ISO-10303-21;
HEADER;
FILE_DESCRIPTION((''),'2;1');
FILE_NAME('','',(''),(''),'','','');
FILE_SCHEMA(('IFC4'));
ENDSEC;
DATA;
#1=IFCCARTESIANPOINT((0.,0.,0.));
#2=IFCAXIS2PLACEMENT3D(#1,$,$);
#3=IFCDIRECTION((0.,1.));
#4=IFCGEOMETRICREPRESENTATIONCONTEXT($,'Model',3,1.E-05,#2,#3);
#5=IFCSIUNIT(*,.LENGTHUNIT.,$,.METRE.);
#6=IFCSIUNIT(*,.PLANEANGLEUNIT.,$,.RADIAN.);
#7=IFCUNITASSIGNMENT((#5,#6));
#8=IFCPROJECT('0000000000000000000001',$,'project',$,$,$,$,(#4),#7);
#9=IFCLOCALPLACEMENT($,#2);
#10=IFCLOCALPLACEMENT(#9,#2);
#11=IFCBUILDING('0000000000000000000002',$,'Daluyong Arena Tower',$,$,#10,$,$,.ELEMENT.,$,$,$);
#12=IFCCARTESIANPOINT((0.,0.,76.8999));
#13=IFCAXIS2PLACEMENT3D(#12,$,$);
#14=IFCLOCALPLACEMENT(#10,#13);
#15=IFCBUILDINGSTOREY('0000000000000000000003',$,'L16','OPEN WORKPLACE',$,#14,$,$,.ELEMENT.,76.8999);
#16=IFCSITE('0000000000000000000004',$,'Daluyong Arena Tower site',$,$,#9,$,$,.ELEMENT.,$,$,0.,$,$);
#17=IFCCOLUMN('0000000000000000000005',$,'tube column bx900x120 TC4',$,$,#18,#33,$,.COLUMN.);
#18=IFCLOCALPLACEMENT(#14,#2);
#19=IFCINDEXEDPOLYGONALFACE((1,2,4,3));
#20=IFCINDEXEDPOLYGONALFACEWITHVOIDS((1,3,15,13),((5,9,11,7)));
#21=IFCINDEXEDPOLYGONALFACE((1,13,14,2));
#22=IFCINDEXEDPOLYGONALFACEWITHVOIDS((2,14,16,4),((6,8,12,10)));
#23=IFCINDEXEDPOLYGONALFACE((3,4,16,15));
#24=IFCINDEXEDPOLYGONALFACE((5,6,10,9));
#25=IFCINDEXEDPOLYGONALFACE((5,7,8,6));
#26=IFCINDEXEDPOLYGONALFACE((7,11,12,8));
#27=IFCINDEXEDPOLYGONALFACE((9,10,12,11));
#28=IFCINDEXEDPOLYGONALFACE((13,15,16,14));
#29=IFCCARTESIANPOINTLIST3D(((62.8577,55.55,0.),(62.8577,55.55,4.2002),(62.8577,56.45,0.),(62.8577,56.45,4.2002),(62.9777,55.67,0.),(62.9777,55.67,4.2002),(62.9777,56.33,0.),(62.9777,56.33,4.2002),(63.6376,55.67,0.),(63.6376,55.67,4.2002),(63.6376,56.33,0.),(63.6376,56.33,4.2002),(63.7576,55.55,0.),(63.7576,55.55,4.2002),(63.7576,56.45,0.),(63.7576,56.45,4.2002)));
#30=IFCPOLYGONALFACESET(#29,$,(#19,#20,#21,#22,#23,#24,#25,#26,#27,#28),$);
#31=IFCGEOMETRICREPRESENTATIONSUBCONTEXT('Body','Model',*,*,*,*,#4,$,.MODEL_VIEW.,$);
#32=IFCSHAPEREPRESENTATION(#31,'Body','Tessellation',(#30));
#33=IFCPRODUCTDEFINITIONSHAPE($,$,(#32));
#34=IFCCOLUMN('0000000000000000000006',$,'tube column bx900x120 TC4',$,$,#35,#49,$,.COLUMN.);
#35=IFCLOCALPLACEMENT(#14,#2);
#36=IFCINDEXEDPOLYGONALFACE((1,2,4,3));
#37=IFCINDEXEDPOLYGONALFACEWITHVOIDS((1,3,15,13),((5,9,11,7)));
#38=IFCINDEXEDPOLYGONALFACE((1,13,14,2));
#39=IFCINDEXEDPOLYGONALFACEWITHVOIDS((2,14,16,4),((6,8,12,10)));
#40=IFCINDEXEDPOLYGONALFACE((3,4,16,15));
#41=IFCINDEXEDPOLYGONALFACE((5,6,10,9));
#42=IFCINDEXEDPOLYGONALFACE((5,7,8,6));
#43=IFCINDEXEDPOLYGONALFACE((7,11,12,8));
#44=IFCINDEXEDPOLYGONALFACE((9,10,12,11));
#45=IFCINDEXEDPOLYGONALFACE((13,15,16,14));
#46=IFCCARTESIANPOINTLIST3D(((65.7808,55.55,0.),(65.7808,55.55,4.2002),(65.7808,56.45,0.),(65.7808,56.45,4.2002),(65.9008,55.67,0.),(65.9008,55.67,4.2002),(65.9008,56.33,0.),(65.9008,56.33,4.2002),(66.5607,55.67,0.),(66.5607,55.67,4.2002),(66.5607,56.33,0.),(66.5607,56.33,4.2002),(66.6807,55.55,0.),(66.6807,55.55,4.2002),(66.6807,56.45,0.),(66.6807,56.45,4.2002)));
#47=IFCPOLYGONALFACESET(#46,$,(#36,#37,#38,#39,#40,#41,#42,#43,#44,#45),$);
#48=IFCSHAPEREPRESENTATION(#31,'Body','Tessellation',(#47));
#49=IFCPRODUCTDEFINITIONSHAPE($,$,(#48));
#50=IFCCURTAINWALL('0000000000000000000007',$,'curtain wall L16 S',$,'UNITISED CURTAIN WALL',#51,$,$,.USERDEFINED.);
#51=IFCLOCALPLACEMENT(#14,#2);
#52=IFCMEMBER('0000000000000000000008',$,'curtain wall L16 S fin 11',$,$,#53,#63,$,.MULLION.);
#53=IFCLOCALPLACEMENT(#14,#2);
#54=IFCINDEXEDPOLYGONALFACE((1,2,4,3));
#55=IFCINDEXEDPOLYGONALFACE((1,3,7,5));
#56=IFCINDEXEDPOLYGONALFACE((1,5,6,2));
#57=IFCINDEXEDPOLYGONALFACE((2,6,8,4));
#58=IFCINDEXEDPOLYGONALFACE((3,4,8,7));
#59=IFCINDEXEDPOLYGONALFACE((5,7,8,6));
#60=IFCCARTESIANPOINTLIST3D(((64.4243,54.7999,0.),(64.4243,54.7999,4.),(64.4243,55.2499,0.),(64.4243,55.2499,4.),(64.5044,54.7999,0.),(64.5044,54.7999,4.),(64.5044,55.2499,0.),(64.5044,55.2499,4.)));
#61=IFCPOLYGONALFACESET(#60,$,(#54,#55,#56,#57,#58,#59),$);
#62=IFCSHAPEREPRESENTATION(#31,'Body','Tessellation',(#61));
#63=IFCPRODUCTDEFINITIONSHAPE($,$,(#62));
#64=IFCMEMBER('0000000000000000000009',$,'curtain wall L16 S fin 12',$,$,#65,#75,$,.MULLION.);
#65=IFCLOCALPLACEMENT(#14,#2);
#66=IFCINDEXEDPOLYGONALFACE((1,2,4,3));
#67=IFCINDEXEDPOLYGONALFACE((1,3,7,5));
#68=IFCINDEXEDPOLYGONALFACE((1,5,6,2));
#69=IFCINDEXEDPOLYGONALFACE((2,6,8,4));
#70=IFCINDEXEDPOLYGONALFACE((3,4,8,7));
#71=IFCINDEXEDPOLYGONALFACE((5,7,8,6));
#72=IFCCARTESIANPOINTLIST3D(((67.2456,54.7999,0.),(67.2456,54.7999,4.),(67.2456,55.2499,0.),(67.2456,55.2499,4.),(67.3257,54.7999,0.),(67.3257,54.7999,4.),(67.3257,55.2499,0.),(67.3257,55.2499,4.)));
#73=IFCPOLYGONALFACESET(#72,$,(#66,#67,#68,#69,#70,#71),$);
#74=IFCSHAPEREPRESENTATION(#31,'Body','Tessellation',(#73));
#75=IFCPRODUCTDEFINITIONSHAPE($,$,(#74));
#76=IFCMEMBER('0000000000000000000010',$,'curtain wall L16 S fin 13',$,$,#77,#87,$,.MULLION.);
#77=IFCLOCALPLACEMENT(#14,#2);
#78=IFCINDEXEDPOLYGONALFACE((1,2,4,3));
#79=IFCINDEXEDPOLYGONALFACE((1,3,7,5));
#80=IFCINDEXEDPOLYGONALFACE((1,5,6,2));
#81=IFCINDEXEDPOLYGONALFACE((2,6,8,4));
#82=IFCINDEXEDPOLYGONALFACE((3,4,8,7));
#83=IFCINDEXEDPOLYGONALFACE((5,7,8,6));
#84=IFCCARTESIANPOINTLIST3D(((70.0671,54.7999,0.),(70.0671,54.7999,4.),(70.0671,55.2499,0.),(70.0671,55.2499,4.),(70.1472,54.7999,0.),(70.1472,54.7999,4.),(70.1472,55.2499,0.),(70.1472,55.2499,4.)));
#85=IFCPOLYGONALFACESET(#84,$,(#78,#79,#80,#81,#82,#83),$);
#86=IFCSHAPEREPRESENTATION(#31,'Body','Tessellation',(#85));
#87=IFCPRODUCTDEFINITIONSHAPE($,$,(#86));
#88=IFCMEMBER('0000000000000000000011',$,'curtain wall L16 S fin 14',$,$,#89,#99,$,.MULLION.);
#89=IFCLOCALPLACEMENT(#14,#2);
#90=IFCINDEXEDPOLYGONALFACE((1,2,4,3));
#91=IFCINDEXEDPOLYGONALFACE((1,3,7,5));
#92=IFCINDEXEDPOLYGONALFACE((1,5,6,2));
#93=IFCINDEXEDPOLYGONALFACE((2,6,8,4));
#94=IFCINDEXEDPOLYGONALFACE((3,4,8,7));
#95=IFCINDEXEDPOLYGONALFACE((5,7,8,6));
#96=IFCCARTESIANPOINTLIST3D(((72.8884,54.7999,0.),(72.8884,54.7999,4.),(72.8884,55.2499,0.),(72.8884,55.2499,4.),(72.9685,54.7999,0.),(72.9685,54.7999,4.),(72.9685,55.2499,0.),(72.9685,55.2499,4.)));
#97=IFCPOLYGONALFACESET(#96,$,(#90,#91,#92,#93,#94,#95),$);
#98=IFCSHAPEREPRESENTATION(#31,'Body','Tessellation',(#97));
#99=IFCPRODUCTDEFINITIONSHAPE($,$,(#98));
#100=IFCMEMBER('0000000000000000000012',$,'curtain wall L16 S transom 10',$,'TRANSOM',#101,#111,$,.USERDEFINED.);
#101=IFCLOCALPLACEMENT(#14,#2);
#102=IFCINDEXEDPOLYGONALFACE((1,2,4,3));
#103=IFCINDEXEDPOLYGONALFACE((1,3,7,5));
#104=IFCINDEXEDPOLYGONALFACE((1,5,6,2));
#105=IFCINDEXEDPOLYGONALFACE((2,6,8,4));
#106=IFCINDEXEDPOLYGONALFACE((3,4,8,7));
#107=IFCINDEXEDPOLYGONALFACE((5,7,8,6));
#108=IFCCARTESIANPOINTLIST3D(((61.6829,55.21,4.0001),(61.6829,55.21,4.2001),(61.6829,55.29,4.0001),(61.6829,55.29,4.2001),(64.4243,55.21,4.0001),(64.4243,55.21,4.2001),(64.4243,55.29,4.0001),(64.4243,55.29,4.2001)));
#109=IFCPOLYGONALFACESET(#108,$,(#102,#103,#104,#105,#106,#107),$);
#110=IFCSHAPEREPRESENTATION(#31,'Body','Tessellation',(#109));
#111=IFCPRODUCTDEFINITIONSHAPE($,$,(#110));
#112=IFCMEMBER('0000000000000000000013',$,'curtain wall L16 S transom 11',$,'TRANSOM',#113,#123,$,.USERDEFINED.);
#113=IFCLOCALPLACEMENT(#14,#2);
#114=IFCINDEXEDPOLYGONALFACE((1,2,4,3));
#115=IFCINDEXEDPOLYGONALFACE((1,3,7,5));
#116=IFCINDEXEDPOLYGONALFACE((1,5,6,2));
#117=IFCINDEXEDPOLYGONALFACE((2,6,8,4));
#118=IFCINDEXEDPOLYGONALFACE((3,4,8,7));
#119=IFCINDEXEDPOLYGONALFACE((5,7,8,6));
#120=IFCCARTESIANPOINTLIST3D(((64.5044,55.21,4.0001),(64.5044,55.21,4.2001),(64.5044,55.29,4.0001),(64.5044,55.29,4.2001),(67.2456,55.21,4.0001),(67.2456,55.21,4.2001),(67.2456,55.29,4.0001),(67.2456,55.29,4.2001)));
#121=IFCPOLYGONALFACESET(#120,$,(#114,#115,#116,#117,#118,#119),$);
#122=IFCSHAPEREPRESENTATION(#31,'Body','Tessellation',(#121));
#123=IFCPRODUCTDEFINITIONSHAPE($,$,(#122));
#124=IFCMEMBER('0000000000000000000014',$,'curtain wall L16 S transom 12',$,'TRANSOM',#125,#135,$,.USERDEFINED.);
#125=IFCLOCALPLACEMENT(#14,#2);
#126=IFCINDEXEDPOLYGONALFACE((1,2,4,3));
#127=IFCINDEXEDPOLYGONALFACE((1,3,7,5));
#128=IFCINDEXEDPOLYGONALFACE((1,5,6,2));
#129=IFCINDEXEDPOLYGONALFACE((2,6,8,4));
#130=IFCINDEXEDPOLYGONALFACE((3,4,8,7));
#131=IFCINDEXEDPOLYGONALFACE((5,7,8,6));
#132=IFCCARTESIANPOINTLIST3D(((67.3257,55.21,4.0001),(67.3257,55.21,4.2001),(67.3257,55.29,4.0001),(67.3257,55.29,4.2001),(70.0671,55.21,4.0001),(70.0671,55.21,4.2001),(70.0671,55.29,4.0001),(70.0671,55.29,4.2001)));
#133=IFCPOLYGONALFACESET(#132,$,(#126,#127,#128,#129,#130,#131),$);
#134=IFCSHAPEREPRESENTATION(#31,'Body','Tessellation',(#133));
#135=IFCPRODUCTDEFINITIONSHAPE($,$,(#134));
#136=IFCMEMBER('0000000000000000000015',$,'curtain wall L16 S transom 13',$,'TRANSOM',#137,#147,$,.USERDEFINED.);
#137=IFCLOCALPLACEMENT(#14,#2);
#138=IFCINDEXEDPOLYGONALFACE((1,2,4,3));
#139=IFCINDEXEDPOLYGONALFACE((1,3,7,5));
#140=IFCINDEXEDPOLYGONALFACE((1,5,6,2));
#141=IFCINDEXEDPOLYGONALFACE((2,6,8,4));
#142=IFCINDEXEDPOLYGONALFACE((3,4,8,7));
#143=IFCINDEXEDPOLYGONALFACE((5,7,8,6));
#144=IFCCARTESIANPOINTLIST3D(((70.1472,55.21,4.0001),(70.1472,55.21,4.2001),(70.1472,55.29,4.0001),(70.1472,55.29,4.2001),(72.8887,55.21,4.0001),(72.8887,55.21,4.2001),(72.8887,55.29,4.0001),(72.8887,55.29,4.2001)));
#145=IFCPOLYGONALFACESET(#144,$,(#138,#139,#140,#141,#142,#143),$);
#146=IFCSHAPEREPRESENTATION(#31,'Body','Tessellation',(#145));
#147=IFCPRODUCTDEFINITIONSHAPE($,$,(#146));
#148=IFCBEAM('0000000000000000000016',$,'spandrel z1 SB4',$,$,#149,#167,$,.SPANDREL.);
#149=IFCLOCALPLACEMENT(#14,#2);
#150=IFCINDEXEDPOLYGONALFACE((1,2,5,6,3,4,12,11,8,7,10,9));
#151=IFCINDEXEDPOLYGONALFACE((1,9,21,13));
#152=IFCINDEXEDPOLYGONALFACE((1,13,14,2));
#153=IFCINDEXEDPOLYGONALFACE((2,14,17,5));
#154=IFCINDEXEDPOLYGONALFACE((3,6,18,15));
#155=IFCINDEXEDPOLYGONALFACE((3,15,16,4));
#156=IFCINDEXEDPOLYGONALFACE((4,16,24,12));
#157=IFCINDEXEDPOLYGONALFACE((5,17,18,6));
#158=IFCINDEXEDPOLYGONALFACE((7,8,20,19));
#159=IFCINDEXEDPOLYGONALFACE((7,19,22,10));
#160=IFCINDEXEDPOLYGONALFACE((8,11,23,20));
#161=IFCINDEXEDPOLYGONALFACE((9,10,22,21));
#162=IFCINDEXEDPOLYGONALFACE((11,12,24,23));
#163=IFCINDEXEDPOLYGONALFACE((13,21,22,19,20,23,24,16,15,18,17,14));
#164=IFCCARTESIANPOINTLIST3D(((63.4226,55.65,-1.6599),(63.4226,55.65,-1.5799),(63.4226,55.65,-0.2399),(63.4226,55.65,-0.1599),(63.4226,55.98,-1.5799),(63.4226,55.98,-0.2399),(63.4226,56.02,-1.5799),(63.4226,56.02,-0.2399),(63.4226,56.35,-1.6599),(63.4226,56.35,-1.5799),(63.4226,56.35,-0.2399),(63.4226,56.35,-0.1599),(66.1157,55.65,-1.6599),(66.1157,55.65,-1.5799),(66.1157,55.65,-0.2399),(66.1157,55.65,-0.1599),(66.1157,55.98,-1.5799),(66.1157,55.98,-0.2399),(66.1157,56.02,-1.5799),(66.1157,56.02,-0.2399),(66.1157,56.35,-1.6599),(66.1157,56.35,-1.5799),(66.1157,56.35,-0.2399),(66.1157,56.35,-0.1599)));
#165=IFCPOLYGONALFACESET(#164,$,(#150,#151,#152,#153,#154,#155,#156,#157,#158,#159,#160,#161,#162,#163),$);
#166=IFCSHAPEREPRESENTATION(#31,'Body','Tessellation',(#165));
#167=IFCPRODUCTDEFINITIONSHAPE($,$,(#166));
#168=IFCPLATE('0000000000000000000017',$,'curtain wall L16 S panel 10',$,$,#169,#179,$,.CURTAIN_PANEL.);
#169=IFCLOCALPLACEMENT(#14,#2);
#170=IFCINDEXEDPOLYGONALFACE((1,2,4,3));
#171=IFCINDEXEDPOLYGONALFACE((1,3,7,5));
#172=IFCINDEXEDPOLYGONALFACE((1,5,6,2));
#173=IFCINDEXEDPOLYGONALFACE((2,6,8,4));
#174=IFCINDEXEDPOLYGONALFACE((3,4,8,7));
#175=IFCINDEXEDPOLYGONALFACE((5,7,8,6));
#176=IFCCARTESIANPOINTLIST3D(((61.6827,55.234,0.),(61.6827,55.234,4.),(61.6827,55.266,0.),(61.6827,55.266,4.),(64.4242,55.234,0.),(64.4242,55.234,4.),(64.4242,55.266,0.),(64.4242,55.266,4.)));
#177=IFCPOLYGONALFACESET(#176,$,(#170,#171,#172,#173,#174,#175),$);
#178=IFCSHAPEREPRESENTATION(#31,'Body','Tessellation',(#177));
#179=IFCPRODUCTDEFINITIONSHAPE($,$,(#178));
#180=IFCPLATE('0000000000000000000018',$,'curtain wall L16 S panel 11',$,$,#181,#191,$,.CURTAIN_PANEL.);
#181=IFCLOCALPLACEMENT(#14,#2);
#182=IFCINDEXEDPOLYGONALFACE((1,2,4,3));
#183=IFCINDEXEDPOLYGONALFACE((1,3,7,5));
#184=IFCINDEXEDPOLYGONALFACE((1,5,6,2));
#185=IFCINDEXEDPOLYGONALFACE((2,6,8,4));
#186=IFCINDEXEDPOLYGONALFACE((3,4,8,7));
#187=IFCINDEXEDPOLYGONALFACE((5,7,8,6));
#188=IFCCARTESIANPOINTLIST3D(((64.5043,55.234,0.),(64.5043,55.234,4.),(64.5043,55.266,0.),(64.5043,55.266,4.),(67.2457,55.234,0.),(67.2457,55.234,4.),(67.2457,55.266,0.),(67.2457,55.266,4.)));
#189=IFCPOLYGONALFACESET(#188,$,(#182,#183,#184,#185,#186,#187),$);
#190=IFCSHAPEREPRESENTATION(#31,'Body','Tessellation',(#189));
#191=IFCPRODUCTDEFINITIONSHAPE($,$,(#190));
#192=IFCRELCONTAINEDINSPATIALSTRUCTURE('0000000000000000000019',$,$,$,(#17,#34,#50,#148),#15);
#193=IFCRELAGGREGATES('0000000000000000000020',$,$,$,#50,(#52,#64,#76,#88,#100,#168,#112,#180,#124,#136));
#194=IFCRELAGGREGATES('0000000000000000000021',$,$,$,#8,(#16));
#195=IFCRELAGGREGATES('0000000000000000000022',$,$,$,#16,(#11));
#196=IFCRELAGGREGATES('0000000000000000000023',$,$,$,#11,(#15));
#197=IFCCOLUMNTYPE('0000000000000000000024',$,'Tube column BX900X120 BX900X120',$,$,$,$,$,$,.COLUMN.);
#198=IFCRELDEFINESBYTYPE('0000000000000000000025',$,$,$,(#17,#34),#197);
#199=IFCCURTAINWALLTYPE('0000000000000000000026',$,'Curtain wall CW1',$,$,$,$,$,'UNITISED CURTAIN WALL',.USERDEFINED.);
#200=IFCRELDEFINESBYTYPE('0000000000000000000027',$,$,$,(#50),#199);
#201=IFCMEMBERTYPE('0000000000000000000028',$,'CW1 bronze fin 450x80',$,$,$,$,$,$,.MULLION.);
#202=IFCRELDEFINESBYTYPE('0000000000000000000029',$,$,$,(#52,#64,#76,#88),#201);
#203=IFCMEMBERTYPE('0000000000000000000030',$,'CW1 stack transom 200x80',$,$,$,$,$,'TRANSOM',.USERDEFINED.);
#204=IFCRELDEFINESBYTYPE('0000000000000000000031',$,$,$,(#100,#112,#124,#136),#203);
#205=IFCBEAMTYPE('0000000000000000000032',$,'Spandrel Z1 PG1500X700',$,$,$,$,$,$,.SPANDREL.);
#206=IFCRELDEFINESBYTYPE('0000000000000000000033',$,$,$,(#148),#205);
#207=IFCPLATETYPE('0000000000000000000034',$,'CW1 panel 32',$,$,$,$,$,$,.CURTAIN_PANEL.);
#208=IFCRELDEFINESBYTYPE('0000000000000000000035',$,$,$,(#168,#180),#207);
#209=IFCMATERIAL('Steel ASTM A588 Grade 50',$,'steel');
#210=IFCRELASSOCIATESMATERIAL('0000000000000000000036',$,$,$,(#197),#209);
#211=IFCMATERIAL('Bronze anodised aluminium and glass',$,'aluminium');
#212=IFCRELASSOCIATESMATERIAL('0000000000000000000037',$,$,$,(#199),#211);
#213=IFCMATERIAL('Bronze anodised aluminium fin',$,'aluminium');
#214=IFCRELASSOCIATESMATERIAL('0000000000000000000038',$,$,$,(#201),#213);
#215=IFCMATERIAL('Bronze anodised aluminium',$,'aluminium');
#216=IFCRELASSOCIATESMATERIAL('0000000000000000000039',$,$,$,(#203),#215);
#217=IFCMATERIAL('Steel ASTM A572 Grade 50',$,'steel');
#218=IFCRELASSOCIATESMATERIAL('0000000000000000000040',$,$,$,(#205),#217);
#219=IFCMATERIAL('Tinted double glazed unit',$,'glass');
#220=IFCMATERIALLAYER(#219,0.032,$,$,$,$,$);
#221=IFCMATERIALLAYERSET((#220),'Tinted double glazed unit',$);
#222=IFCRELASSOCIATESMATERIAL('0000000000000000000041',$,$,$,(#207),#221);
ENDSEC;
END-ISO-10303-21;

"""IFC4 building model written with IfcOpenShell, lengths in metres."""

from ifc_helpers import new_model, si_unit, direction, frame, origin, origin_2d, place, context, subcontext, project, spatial, rectangle, hollow_rectangle, i_section, extrude, material, layer, layer_set, material_profile, profile_set, type_object, element, aggregate, save


model = new_model("IFC4")

# Units and contexts
model_context = context("Model", 3, precision=1e-05, world=origin(), true_north=direction((0.0, 1.0)))
body_context = subcontext(model_context, "Body", "Model", "MODEL_VIEW")
ifc_project = project(units=[si_unit("LENGTHUNIT", "METRE"), si_unit("PLANEANGLEUNIT", "RADIAN")], contexts=[model_context])

# Site, building, storey
site_placement = place(None, origin())
site = spatial("IfcSite", under=ifc_project, at=site_placement, Name="Daluyong Arena Tower site", CompositionType="ELEMENT", RefElevation=0.0)
building_placement = place(site_placement, origin())
building = spatial("IfcBuilding", under=site, at=building_placement, Name="Daluyong Arena Tower", CompositionType="ELEMENT")
storey_placement = place(building_placement, frame((0.0, 0.0, 76.8999)))
storey = spatial("IfcBuildingStorey", under=building, at=storey_placement, Name="L16", Description="OPEN WORKPLACE", CompositionType="ELEMENT", Elevation=76.8999)

# Columns
ifc_material_1 = material(Name="Steel ASTM A588 Grade 50", Category="steel")
ifc_material_profile_1 = material_profile(ifc_material_1, hollow_rectangle(XDim=0.8999, YDim=0.8999, WallThickness=0.12, at=origin_2d()))
ifc_profile_set_1 = profile_set([ifc_material_profile_1], Name="Steel ASTM A588 Grade 50")
column_type = type_object("IfcColumnType", Name="Tube column BX900X120 BX900X120", PredefinedType="COLUMN", material=ifc_profile_set_1)
for number, where, z_axis, x_axis, name in (
    (1, (63.3076, 56.0, 0.0), (0.0, 0.0, 1.0), (1.0, 0.0, 0.0), "tube column bx900x120 TC4"),
    (2, (66.2307, 56.0, 0.0), (0.0, 0.0, 1.0), (1.0, 0.0, 0.0), "tube column bx900x120 TC4"),
):
    element("IfcColumn", number, at=place(storey_placement, frame(where, z_axis=z_axis, x_axis=x_axis)), inside=storey, type_object=column_type, Name=name, PredefinedType="COLUMN", context=body_context, shape_type="SweptSolid", body=[
        extrude(hollow_rectangle(XDim=0.8999, YDim=0.8999, WallThickness=0.12, at=origin_2d()), origin(), (0.0, 0.0, 1.0), 4.2002),
    ])

# Curtain wall, members
ifc_material_2 = material(Name="Bronze anodised aluminium and glass", Category="aluminium")
curtain_wall_type = type_object("IfcCurtainWallType", Name="Curtain wall CW1", ElementType="UNITISED CURTAIN WALL", PredefinedType="USERDEFINED", material=ifc_material_2)
curtain_wall_placement = place(storey_placement, origin())
curtain_wall = element("IfcCurtainWall", 3, at=curtain_wall_placement, inside=storey, type_object=curtain_wall_type, Name="curtain wall L16 S", ObjectType="UNITISED CURTAIN WALL", PredefinedType="USERDEFINED")
ifc_material_3 = material(Name="Bronze anodised aluminium fin", Category="aluminium")
ifc_material_profile_2 = material_profile(ifc_material_3, rectangle(XDim=0.45, YDim=0.0801, at=origin_2d()))
ifc_profile_set_2 = profile_set([ifc_material_profile_2], Name="Bronze anodised aluminium fin")
member_type_1 = type_object("IfcMemberType", Name="CW1 bronze fin 450x80", PredefinedType="MULLION", material=ifc_profile_set_2)
member_1_placement = place(storey_placement, frame((64.4644, 55.0249, 0.0), z_axis=(0.0, 0.0, 1.0), x_axis=(0.0, 1.0, 0.0)))
member_1 = element("IfcMember", 4, at=member_1_placement, type_object=member_type_1, Name="curtain wall L16 S fin 11", PredefinedType="MULLION", context=body_context, shape_type="SweptSolid", body=[
    extrude(rectangle(XDim=0.45, YDim=0.0801, at=origin_2d()), origin(), (0.0, 0.0, 1.0), 4.0),
])
member_2_placement = place(storey_placement, frame((67.2856, 55.0249, 0.0), z_axis=(0.0, 0.0, 1.0), x_axis=(0.0, 1.0, 0.0)))
member_2 = element("IfcMember", 5, at=member_2_placement, type_object=member_type_1, Name="curtain wall L16 S fin 12", PredefinedType="MULLION", context=body_context, shape_type="SweptSolid", body=[
    extrude(rectangle(XDim=0.45, YDim=0.0801, at=origin_2d()), origin(), (0.0, 0.0, 1.0), 4.0),
])
member_3_placement = place(storey_placement, frame((70.1072, 55.0249, 0.0), z_axis=(0.0, 0.0, 1.0), x_axis=(0.0, 1.0, 0.0)))
member_3 = element("IfcMember", 6, at=member_3_placement, type_object=member_type_1, Name="curtain wall L16 S fin 13", PredefinedType="MULLION", context=body_context, shape_type="SweptSolid", body=[
    extrude(rectangle(XDim=0.45, YDim=0.0801, at=origin_2d()), origin(), (0.0, 0.0, 1.0), 4.0),
])
member_4_placement = place(storey_placement, frame((72.9285, 55.0249, 0.0), z_axis=(0.0, 0.0, 1.0), x_axis=(0.0, 1.0, 0.0)))
member_4 = element("IfcMember", 7, at=member_4_placement, type_object=member_type_1, Name="curtain wall L16 S fin 14", PredefinedType="MULLION", context=body_context, shape_type="SweptSolid", body=[
    extrude(rectangle(XDim=0.45, YDim=0.0801, at=origin_2d()), origin(), (0.0, 0.0, 1.0), 4.0),
])
ifc_material_4 = material(Name="Bronze anodised aluminium", Category="aluminium")
ifc_material_profile_3 = material_profile(ifc_material_4, rectangle(XDim=0.0801, YDim=0.2, at=origin_2d()))
ifc_profile_set_3 = profile_set([ifc_material_profile_3], Name="Bronze anodised aluminium")
member_type_2 = type_object("IfcMemberType", Name="CW1 stack transom 200x80", ElementType="TRANSOM", PredefinedType="USERDEFINED", material=ifc_profile_set_3)
member_5_placement = place(storey_placement, frame((61.6829, 55.25, 4.1001), z_axis=(1.0, 0.0, 0.0), x_axis=(0.0, 1.0, 0.0)))
member_5 = element("IfcMember", 8, at=member_5_placement, type_object=member_type_2, Name="curtain wall L16 S transom 10", ObjectType="TRANSOM", PredefinedType="USERDEFINED", context=body_context, shape_type="SweptSolid", body=[
    extrude(rectangle(XDim=0.0801, YDim=0.2, at=origin_2d()), origin(), (0.0, 0.0, 1.0), 2.7415),
])
member_6_placement = place(storey_placement, frame((64.5044, 55.25, 4.1001), z_axis=(1.0, 0.0, 0.0), x_axis=(0.0, 1.0, 0.0)))
member_6 = element("IfcMember", 9, at=member_6_placement, type_object=member_type_2, Name="curtain wall L16 S transom 11", ObjectType="TRANSOM", PredefinedType="USERDEFINED", context=body_context, shape_type="SweptSolid", body=[
    extrude(rectangle(XDim=0.0801, YDim=0.2, at=origin_2d()), origin(), (0.0, 0.0, 1.0), 2.7412),
])
member_7_placement = place(storey_placement, frame((67.3257, 55.25, 4.1001), z_axis=(1.0, 0.0, 0.0), x_axis=(0.0, 1.0, 0.0)))
member_7 = element("IfcMember", 10, at=member_7_placement, type_object=member_type_2, Name="curtain wall L16 S transom 12", ObjectType="TRANSOM", PredefinedType="USERDEFINED", context=body_context, shape_type="SweptSolid", body=[
    extrude(rectangle(XDim=0.0801, YDim=0.2, at=origin_2d()), origin(), (0.0, 0.0, 1.0), 2.7415),
])
member_8_placement = place(storey_placement, frame((70.1472, 55.25, 4.1001), z_axis=(1.0, 0.0, 0.0), x_axis=(0.0, 1.0, 0.0)))
member_8 = element("IfcMember", 11, at=member_8_placement, type_object=member_type_2, Name="curtain wall L16 S transom 13", ObjectType="TRANSOM", PredefinedType="USERDEFINED", context=body_context, shape_type="SweptSolid", body=[
    extrude(rectangle(XDim=0.0801, YDim=0.2, at=origin_2d()), origin(), (0.0, 0.0, 1.0), 2.7415),
])

# Beam
ifc_material_5 = material(Name="Steel ASTM A572 Grade 50", Category="steel")
ifc_material_profile_4 = material_profile(ifc_material_5, i_section(OverallWidth=0.7, OverallDepth=1.5, WebThickness=0.04, FlangeThickness=0.08, at=origin_2d()))
ifc_profile_set_4 = profile_set([ifc_material_profile_4], Name="Steel ASTM A572 Grade 50")
beam_type = type_object("IfcBeamType", Name="Spandrel Z1 PG1500X700", PredefinedType="SPANDREL", material=ifc_profile_set_4)
beam_placement = place(storey_placement, frame((63.4226, 56.0, -0.9099), z_axis=(1.0, 0.0, 0.0), x_axis=(0.0, 1.0, 0.0)))
element("IfcBeam", 12, at=beam_placement, inside=storey, type_object=beam_type, Name="spandrel z1 SB4", PredefinedType="SPANDREL", context=body_context, shape_type="SweptSolid", body=[
    extrude(i_section(OverallWidth=0.7, OverallDepth=1.5, WebThickness=0.04, FlangeThickness=0.08, at=origin_2d()), origin(), (0.0, 0.0, 1.0), 2.6931),
])

# Plates
ifc_material_6 = material(Name="Tinted double glazed unit", Category="glass")
ifc_layer_1 = layer(ifc_material_6, 0.032)
ifc_layer_set_1 = layer_set([ifc_layer_1], Name="Tinted double glazed unit")
plate_type = type_object("IfcPlateType", Name="CW1 panel 32", PredefinedType="CURTAIN_PANEL", material=ifc_layer_set_1)
plate_1_placement = place(storey_placement, frame((63.0535, 55.25, 0.0), z_axis=(0.0, 0.0, 1.0), x_axis=(1.0, 0.0, 0.0)))
plate_1 = element("IfcPlate", 13, at=plate_1_placement, type_object=plate_type, Name="curtain wall L16 S panel 10", PredefinedType="CURTAIN_PANEL", context=body_context, shape_type="SweptSolid", body=[
    extrude(rectangle(XDim=2.7415, YDim=0.032, at=origin_2d()), origin(), (0.0, 0.0, 1.0), 4.0),
])
plate_2_placement = place(storey_placement, frame((65.875, 55.25, 0.0), z_axis=(0.0, 0.0, 1.0), x_axis=(1.0, 0.0, 0.0)))
plate_2 = element("IfcPlate", 14, at=plate_2_placement, type_object=plate_type, Name="curtain wall L16 S panel 11", PredefinedType="CURTAIN_PANEL", context=body_context, shape_type="SweptSolid", body=[
    extrude(rectangle(XDim=2.7415, YDim=0.032, at=origin_2d()), origin(), (0.0, 0.0, 1.0), 4.0),
])
aggregate(curtain_wall, [member_1, member_2, member_3, member_4, member_5, plate_1, member_6, plate_2, member_7, member_8])

save(model, "model.ifc")
